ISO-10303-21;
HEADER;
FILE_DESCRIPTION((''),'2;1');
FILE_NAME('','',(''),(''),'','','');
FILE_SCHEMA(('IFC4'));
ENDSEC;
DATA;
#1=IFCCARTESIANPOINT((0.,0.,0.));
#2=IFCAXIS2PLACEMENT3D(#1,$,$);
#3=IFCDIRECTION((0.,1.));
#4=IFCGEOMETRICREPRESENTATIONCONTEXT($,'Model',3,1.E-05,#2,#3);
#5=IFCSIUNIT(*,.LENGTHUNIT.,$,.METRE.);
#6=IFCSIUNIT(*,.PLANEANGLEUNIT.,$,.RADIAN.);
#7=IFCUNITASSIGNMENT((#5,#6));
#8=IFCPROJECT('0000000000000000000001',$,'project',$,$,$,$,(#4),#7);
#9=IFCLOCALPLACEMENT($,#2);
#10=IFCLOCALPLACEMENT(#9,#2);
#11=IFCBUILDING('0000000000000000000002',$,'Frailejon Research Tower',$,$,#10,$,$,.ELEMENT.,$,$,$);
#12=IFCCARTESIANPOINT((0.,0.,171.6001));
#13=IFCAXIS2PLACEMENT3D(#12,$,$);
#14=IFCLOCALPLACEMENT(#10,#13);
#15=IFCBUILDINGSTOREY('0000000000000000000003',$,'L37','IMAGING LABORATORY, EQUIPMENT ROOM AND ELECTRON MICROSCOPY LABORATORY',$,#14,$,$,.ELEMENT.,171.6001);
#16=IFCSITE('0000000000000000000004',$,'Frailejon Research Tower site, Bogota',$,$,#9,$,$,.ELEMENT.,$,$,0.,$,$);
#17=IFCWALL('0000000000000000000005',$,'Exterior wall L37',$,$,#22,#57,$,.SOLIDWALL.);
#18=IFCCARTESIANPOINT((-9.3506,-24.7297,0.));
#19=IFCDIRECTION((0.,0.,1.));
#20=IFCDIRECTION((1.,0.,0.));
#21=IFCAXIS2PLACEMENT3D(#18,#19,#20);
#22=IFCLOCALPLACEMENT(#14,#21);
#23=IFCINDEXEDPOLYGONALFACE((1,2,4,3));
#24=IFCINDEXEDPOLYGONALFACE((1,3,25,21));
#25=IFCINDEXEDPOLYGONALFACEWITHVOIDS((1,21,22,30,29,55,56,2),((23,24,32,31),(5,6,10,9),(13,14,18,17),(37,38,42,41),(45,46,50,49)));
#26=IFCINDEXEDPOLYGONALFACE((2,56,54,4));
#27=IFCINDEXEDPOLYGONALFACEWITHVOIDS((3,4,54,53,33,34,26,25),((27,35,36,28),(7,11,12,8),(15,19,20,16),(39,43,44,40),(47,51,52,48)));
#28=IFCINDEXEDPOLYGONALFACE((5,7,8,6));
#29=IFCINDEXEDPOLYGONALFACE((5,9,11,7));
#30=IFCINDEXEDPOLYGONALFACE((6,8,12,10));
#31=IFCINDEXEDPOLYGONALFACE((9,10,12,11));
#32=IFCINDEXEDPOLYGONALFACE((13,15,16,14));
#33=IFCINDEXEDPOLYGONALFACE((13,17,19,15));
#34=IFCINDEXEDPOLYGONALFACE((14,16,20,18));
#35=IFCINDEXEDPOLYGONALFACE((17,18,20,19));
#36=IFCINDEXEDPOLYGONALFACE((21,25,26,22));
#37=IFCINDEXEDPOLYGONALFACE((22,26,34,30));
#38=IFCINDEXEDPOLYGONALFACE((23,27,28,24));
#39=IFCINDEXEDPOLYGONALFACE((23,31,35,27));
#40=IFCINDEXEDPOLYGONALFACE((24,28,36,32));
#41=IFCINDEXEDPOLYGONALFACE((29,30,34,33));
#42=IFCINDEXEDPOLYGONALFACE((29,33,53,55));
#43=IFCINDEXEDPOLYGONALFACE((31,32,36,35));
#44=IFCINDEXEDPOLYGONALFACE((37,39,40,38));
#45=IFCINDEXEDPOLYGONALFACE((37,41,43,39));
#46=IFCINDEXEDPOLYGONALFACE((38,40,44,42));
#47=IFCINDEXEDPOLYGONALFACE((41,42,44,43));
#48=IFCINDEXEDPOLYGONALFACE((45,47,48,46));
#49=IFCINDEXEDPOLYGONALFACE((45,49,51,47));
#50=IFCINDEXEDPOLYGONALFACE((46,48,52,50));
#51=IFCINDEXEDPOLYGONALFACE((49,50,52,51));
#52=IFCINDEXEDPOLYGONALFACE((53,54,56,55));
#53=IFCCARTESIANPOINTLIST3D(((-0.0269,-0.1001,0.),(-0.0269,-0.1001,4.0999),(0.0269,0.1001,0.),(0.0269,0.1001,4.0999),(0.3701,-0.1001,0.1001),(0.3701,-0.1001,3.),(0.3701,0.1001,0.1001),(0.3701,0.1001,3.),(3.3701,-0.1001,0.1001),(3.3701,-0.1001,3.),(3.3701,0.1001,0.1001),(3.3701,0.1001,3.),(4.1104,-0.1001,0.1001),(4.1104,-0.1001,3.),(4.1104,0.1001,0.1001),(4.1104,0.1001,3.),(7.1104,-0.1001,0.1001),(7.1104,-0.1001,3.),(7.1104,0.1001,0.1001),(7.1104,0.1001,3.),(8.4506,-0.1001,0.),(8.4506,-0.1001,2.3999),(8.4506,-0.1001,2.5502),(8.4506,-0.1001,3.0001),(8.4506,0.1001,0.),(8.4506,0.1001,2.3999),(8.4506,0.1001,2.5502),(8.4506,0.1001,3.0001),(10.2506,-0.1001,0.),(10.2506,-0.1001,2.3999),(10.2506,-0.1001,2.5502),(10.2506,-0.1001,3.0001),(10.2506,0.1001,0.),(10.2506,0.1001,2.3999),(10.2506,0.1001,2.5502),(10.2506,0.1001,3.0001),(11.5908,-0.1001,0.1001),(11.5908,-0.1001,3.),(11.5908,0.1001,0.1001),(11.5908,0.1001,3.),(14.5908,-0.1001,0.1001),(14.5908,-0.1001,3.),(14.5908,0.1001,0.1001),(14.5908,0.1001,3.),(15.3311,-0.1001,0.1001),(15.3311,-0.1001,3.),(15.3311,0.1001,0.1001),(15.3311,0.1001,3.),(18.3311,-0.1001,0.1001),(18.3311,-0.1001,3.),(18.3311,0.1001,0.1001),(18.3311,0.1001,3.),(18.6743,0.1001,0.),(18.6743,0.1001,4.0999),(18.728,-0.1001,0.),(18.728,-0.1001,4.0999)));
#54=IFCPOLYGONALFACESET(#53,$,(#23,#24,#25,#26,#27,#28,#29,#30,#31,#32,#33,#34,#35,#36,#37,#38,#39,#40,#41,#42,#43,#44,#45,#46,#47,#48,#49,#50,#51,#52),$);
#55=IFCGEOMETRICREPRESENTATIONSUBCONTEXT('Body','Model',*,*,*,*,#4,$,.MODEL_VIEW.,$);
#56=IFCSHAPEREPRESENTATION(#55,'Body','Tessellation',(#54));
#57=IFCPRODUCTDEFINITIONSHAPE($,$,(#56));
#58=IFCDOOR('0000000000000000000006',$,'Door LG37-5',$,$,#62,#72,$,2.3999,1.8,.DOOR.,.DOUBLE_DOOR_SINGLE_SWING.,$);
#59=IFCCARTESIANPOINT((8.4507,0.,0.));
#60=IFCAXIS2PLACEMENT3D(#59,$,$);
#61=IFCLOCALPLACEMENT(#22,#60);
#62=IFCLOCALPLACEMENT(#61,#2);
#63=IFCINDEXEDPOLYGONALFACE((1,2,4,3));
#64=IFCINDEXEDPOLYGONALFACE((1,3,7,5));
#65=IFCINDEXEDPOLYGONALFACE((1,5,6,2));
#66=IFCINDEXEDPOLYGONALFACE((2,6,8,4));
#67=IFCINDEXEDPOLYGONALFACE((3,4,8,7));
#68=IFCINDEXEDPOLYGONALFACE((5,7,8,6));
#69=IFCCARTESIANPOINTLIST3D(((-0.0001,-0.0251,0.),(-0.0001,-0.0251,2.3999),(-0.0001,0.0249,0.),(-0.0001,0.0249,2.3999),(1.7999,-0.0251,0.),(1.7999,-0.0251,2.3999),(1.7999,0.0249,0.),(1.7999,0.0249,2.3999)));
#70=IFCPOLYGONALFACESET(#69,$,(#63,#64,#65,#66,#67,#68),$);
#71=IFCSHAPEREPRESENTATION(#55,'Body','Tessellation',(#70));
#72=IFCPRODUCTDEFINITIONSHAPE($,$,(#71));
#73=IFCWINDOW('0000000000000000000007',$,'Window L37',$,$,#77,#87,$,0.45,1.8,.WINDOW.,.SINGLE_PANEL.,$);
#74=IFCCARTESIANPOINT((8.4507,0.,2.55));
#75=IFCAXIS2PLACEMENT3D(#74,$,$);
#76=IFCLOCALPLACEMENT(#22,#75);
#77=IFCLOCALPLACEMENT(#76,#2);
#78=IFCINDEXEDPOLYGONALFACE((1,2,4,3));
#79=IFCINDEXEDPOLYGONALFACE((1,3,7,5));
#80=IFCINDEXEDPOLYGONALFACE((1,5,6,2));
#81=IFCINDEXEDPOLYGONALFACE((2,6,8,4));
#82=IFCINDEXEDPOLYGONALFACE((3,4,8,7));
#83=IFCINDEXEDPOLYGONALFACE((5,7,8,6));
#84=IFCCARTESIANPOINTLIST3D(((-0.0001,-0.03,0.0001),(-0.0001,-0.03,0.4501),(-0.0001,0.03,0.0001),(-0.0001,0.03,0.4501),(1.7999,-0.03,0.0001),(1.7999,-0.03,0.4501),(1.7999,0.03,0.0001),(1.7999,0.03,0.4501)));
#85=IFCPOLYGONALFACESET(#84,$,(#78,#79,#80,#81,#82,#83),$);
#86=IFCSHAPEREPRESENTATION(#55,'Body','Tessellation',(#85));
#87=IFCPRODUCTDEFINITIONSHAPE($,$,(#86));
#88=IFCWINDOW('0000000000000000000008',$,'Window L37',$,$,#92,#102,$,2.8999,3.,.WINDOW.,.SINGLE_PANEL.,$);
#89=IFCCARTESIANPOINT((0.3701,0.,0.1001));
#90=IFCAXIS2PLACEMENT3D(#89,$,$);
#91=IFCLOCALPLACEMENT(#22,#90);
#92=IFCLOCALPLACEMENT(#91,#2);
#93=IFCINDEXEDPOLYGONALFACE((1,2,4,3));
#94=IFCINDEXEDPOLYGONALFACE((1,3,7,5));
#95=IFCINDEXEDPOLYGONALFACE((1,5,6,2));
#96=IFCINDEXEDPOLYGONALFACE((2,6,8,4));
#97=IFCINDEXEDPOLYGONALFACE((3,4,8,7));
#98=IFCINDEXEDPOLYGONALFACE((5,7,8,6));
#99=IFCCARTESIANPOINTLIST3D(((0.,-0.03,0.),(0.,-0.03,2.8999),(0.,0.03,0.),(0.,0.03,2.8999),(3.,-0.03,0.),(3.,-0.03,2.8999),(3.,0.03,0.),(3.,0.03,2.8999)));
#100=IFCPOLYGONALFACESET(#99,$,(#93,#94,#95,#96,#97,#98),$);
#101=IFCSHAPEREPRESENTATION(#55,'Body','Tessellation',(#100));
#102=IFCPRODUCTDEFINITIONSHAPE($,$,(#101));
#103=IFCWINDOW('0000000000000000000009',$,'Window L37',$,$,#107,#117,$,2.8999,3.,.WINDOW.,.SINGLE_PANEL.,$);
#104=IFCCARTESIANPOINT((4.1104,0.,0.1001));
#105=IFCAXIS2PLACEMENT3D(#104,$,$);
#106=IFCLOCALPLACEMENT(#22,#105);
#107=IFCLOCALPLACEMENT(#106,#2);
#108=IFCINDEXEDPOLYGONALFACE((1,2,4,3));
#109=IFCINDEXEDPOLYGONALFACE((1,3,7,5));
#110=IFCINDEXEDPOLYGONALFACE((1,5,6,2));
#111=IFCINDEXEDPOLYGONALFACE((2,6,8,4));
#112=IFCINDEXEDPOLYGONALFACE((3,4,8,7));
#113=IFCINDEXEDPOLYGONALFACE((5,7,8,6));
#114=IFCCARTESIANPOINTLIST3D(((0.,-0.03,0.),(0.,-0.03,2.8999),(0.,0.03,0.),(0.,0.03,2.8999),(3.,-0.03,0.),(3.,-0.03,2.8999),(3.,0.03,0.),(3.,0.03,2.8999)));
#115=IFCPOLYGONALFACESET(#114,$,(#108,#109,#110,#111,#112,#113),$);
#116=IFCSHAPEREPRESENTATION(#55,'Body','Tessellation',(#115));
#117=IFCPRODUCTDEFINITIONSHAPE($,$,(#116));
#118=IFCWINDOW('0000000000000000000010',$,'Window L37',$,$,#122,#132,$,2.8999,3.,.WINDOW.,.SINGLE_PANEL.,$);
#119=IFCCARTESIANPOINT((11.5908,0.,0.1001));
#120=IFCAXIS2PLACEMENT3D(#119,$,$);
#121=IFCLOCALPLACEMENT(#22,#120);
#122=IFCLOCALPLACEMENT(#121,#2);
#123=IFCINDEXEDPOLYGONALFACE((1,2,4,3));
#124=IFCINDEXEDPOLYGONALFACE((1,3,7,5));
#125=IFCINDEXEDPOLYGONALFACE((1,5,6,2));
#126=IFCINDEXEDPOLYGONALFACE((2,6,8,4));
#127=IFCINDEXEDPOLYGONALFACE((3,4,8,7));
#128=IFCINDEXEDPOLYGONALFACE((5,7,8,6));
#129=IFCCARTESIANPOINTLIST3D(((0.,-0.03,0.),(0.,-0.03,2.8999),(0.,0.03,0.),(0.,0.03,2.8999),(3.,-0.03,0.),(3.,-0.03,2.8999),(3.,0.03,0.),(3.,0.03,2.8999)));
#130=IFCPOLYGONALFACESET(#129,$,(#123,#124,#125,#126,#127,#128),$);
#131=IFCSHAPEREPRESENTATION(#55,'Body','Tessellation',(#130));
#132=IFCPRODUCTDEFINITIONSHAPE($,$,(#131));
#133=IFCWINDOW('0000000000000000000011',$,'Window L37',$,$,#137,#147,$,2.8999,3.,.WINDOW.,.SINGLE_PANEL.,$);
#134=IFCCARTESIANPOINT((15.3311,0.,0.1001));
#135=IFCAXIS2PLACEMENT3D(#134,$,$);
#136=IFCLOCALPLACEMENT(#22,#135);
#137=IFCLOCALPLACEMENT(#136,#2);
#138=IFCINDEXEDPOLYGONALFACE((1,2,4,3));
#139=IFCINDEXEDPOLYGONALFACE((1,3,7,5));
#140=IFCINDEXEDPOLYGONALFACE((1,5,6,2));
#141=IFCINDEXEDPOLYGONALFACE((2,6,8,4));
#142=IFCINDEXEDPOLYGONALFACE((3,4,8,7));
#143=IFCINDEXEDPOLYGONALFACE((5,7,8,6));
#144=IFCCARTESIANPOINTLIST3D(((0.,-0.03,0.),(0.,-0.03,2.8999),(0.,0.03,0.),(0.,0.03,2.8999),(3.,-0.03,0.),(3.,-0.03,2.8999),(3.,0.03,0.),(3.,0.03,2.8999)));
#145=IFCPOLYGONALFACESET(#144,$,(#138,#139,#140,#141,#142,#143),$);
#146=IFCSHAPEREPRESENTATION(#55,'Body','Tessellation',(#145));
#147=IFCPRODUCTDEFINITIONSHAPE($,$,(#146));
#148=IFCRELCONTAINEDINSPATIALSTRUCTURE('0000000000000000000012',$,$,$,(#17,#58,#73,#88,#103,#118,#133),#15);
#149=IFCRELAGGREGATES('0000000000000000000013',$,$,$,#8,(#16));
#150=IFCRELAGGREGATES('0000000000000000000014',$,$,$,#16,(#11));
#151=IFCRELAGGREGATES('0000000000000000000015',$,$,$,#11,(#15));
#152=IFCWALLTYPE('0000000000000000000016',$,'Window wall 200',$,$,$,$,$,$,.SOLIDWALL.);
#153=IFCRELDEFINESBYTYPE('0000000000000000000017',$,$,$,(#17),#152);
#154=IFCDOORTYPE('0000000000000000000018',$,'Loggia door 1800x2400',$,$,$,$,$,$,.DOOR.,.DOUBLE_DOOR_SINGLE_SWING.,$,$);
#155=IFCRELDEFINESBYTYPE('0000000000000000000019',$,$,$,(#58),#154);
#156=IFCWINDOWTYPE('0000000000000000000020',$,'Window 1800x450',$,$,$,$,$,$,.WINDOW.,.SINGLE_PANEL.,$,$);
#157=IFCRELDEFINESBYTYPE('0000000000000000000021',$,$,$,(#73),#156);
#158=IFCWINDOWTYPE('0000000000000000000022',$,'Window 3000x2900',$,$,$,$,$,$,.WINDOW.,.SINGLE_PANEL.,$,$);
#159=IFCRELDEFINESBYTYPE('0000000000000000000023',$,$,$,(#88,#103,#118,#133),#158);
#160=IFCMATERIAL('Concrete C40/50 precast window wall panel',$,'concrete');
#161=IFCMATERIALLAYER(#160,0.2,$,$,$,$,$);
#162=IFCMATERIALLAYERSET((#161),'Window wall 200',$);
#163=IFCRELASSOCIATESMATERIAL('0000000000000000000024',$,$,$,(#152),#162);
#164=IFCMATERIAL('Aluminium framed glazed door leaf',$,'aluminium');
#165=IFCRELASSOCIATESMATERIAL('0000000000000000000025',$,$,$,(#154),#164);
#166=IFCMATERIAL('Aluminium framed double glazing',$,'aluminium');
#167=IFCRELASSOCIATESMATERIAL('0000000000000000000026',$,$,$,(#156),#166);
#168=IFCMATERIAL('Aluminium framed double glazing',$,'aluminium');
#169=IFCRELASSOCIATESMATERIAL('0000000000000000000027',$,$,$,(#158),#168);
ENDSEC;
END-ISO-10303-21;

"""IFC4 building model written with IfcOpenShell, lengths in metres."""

from ifc_helpers import new_model, si_unit, direction, frame, frame_2d, origin, place, context, subcontext, project, spatial, polyline, rectangle, outline, extrude, material, layer, layer_set, type_object, element, fill, save


model = new_model("IFC4")

# Units and contexts
model_context = context("Model", 3, precision=1e-05, world=origin(), true_north=direction((0.0, 1.0)))
body_context = subcontext(model_context, "Body", "Model", "MODEL_VIEW")
ifc_project = project(units=[si_unit("LENGTHUNIT", "METRE"), si_unit("PLANEANGLEUNIT", "RADIAN")], contexts=[model_context])

# Site, building, storey
site_placement = place(None, origin())
site = spatial("IfcSite", under=ifc_project, at=site_placement, Name="Frailejon Research Tower site, Bogota", CompositionType="ELEMENT", RefElevation=0.0)
building_placement = place(site_placement, origin())
building = spatial("IfcBuilding", under=site, at=building_placement, Name="Frailejon Research Tower", CompositionType="ELEMENT")
storey_placement = place(building_placement, frame((0.0, 0.0, 171.6001)))
storey = spatial("IfcBuildingStorey", under=building, at=storey_placement, Name="L37", Description="IMAGING LABORATORY, EQUIPMENT ROOM AND ELECTRON MICROSCOPY LABORATORY", CompositionType="ELEMENT", Elevation=171.6001)

# Wall, openings, door, windows
ifc_material_1 = material(Name="Concrete C40/50 precast window wall panel", Category="concrete")
ifc_layer_1 = layer(ifc_material_1, 0.2)
ifc_layer_set_1 = layer_set([ifc_layer_1], Name="Window wall 200")
wall_type = type_object("IfcWallType", Name="Window wall 200", PredefinedType="SOLIDWALL", material=ifc_layer_set_1)
wall_placement = place(storey_placement, frame((-9.3506, -24.7297, 0.0), z_axis=(0.0, 0.0, 1.0), x_axis=(1.0, 0.0, 0.0)))
wall = element("IfcWall", 1, at=wall_placement, inside=storey, type_object=wall_type, Name="Exterior wall L37", PredefinedType="SOLIDWALL", context=body_context, shape_type="SweptSolid", body=[
    extrude(outline(polyline([(-0.0269, -0.1001), (1.0151, -0.1001), (2.0571, -0.1001), (3.0989, -0.1001), (4.1409, -0.1001), (5.1829, -0.1001), (6.2249, -0.1001), (7.2666, -0.1001), (8.3086, -0.1001), (9.3506, -0.1001), (10.3926, -0.1001), (11.4346, -0.1001), (12.4763, -0.1001), (13.5183, -0.1001), (14.5603, -0.1001), (15.6023, -0.1001), (16.644, -0.1001), (17.686, -0.1001), (18.728, -0.1001), (18.6743, 0.1001), (17.6384, 0.1001), (16.6023, 0.1001), (15.5664, 0.1001), (14.5305, 0.1001), (13.4944, 0.1001), (12.4585, 0.1001), (11.4226, 0.1001), (10.3865, 0.1001), (9.3506, 0.1001), (8.3147, 0.1001), (7.2786, 0.1001), (6.2427, 0.1001), (5.2068, 0.1001), (4.1707, 0.1001), (3.1348, 0.1001), (2.0989, 0.1001), (1.0627, 0.1001), (0.0269, 0.1001), (-0.0269, -0.1001)])), origin(), (0.0, 0.0, 1.0), 4.0999),
])
opening_1_placement = place(wall_placement, frame((0.3701, 0.0, 0.1001)))
opening_1 = element("IfcOpeningElement", 2, at=opening_1_placement, cuts=wall, PredefinedType="OPENING", context=body_context, shape_type="SweptSolid", body=[
    extrude(rectangle(XDim=3.0, YDim=2.8999, at=frame_2d((1.5, 1.45))), frame((0.0, 0.1099, 0.0), z_axis=(0.0, -1.0, 0.0), x_axis=(1.0, 0.0, 0.0)), (0.0, 0.0, 1.0), 0.22),
])
opening_2_placement = place(wall_placement, frame((4.1104, 0.0, 0.1001)))
opening_2 = element("IfcOpeningElement", 3, at=opening_2_placement, cuts=wall, PredefinedType="OPENING", context=body_context, shape_type="SweptSolid", body=[
    extrude(rectangle(XDim=3.0, YDim=2.8999, at=frame_2d((1.5, 1.45))), frame((0.0, 0.1099, 0.0), z_axis=(0.0, -1.0, 0.0), x_axis=(1.0, 0.0, 0.0)), (0.0, 0.0, 1.0), 0.22),
])
opening_3_placement = place(wall_placement, frame((8.4507, 0.0, 0.0)))
opening_3 = element("IfcOpeningElement", 4, at=opening_3_placement, cuts=wall, PredefinedType="OPENING", context=body_context, shape_type="SweptSolid", body=[
    extrude(rectangle(XDim=1.8, YDim=2.3999, at=frame_2d((0.8999, 1.2))), frame((0.0, 0.1099, 0.0), z_axis=(0.0, -1.0, 0.0), x_axis=(1.0, 0.0, 0.0)), (0.0, 0.0, 1.0), 0.22),
])
opening_4_placement = place(wall_placement, frame((8.4507, 0.0, 2.55)))
opening_4 = element("IfcOpeningElement", 5, at=opening_4_placement, cuts=wall, PredefinedType="OPENING", context=body_context, shape_type="SweptSolid", body=[
    extrude(rectangle(XDim=1.8, YDim=0.45, at=frame_2d((0.8999, 0.2251))), frame((0.0, 0.1099, 0.0), z_axis=(0.0, -1.0, 0.0), x_axis=(1.0, 0.0, 0.0)), (0.0, 0.0, 1.0), 0.22),
])
opening_5_placement = place(wall_placement, frame((11.5908, 0.0, 0.1001)))
opening_5 = element("IfcOpeningElement", 6, at=opening_5_placement, cuts=wall, PredefinedType="OPENING", context=body_context, shape_type="SweptSolid", body=[
    extrude(rectangle(XDim=3.0, YDim=2.8999, at=frame_2d((1.5, 1.45))), frame((0.0, 0.1099, 0.0), z_axis=(0.0, -1.0, 0.0), x_axis=(1.0, 0.0, 0.0)), (0.0, 0.0, 1.0), 0.22),
])
opening_6_placement = place(wall_placement, frame((15.3311, 0.0, 0.1001)))
opening_6 = element("IfcOpeningElement", 7, at=opening_6_placement, cuts=wall, PredefinedType="OPENING", context=body_context, shape_type="SweptSolid", body=[
    extrude(rectangle(XDim=3.0, YDim=2.8999, at=frame_2d((1.5, 1.45))), frame((0.0, 0.1099, 0.0), z_axis=(0.0, -1.0, 0.0), x_axis=(1.0, 0.0, 0.0)), (0.0, 0.0, 1.0), 0.22),
])
ifc_material_2 = material(Name="Aluminium framed glazed door leaf", Category="aluminium")
door_type = type_object("IfcDoorType", Name="Loggia door 1800x2400", OperationType="DOUBLE_DOOR_SINGLE_SWING", PredefinedType="DOOR", material=ifc_material_2)
door_placement = place(opening_3_placement, origin())
door = element("IfcDoor", 8, at=door_placement, inside=storey, type_object=door_type, Name="Door LG37-5", OperationType="DOUBLE_DOOR_SINGLE_SWING", OverallHeight=2.3999, OverallWidth=1.8, PredefinedType="DOOR", context=body_context, shape_type="SweptSolid", body=[
    extrude(rectangle(XDim=1.8, YDim=2.3999, at=frame_2d((0.8999, 1.2))), frame((0.0, 0.0249, 0.0), z_axis=(0.0, -1.0, 0.0), x_axis=(1.0, 0.0, 0.0)), (0.0, 0.0, 1.0), 0.05),
])
fill(opening_3, door)
ifc_material_3 = material(Name="Aluminium framed double glazing", Category="aluminium")
window_type_1 = type_object("IfcWindowType", Name="Window 1800x450", PartitioningType="SINGLE_PANEL", PredefinedType="WINDOW", material=ifc_material_3)
window_1_placement = place(opening_4_placement, origin())
window_1 = element("IfcWindow", 9, at=window_1_placement, inside=storey, type_object=window_type_1, Name="Window L37", OverallHeight=0.45, OverallWidth=1.8, PartitioningType="SINGLE_PANEL", PredefinedType="WINDOW", context=body_context, shape_type="SweptSolid", body=[
    extrude(rectangle(XDim=1.8, YDim=0.45, at=frame_2d((0.8999, 0.2251))), frame((0.0, 0.03, 0.0), z_axis=(0.0, -1.0, 0.0), x_axis=(1.0, 0.0, 0.0)), (0.0, 0.0, 1.0), 0.0601),
])
fill(opening_4, window_1)
ifc_material_4 = material(Name="Aluminium framed double glazing", Category="aluminium")
window_type_2 = type_object("IfcWindowType", Name="Window 3000x2900", PartitioningType="SINGLE_PANEL", PredefinedType="WINDOW", material=ifc_material_4)
window_2_placement = place(opening_1_placement, origin())
window_2 = element("IfcWindow", 10, at=window_2_placement, inside=storey, type_object=window_type_2, Name="Window L37", OverallHeight=2.8999, OverallWidth=3.0, PartitioningType="SINGLE_PANEL", PredefinedType="WINDOW", context=body_context, shape_type="SweptSolid", body=[
    extrude(rectangle(XDim=3.0, YDim=2.8999, at=frame_2d((1.5, 1.45))), frame((0.0, 0.03, 0.0), z_axis=(0.0, -1.0, 0.0), x_axis=(1.0, 0.0, 0.0)), (0.0, 0.0, 1.0), 0.0601),
])
fill(opening_1, window_2)
window_3_placement = place(opening_2_placement, origin())
window_3 = element("IfcWindow", 11, at=window_3_placement, inside=storey, type_object=window_type_2, Name="Window L37", OverallHeight=2.8999, OverallWidth=3.0, PartitioningType="SINGLE_PANEL", PredefinedType="WINDOW", context=body_context, shape_type="SweptSolid", body=[
    extrude(rectangle(XDim=3.0, YDim=2.8999, at=frame_2d((1.5, 1.45))), frame((0.0, 0.03, 0.0), z_axis=(0.0, -1.0, 0.0), x_axis=(1.0, 0.0, 0.0)), (0.0, 0.0, 1.0), 0.0601),
])
fill(opening_2, window_3)
window_4_placement = place(opening_5_placement, origin())
window_4 = element("IfcWindow", 12, at=window_4_placement, inside=storey, type_object=window_type_2, Name="Window L37", OverallHeight=2.8999, OverallWidth=3.0, PartitioningType="SINGLE_PANEL", PredefinedType="WINDOW", context=body_context, shape_type="SweptSolid", body=[
    extrude(rectangle(XDim=3.0, YDim=2.8999, at=frame_2d((1.5, 1.45))), frame((0.0, 0.03, 0.0), z_axis=(0.0, -1.0, 0.0), x_axis=(1.0, 0.0, 0.0)), (0.0, 0.0, 1.0), 0.0601),
])
fill(opening_5, window_4)
window_5_placement = place(opening_6_placement, origin())
window_5 = element("IfcWindow", 13, at=window_5_placement, inside=storey, type_object=window_type_2, Name="Window L37", OverallHeight=2.8999, OverallWidth=3.0, PartitioningType="SINGLE_PANEL", PredefinedType="WINDOW", context=body_context, shape_type="SweptSolid", body=[
    extrude(rectangle(XDim=3.0, YDim=2.8999, at=frame_2d((1.5, 1.45))), frame((0.0, 0.03, 0.0), z_axis=(0.0, -1.0, 0.0), x_axis=(1.0, 0.0, 0.0)), (0.0, 0.0, 1.0), 0.0601),
])
fill(opening_6, window_5)

save(model, "model.ifc")
